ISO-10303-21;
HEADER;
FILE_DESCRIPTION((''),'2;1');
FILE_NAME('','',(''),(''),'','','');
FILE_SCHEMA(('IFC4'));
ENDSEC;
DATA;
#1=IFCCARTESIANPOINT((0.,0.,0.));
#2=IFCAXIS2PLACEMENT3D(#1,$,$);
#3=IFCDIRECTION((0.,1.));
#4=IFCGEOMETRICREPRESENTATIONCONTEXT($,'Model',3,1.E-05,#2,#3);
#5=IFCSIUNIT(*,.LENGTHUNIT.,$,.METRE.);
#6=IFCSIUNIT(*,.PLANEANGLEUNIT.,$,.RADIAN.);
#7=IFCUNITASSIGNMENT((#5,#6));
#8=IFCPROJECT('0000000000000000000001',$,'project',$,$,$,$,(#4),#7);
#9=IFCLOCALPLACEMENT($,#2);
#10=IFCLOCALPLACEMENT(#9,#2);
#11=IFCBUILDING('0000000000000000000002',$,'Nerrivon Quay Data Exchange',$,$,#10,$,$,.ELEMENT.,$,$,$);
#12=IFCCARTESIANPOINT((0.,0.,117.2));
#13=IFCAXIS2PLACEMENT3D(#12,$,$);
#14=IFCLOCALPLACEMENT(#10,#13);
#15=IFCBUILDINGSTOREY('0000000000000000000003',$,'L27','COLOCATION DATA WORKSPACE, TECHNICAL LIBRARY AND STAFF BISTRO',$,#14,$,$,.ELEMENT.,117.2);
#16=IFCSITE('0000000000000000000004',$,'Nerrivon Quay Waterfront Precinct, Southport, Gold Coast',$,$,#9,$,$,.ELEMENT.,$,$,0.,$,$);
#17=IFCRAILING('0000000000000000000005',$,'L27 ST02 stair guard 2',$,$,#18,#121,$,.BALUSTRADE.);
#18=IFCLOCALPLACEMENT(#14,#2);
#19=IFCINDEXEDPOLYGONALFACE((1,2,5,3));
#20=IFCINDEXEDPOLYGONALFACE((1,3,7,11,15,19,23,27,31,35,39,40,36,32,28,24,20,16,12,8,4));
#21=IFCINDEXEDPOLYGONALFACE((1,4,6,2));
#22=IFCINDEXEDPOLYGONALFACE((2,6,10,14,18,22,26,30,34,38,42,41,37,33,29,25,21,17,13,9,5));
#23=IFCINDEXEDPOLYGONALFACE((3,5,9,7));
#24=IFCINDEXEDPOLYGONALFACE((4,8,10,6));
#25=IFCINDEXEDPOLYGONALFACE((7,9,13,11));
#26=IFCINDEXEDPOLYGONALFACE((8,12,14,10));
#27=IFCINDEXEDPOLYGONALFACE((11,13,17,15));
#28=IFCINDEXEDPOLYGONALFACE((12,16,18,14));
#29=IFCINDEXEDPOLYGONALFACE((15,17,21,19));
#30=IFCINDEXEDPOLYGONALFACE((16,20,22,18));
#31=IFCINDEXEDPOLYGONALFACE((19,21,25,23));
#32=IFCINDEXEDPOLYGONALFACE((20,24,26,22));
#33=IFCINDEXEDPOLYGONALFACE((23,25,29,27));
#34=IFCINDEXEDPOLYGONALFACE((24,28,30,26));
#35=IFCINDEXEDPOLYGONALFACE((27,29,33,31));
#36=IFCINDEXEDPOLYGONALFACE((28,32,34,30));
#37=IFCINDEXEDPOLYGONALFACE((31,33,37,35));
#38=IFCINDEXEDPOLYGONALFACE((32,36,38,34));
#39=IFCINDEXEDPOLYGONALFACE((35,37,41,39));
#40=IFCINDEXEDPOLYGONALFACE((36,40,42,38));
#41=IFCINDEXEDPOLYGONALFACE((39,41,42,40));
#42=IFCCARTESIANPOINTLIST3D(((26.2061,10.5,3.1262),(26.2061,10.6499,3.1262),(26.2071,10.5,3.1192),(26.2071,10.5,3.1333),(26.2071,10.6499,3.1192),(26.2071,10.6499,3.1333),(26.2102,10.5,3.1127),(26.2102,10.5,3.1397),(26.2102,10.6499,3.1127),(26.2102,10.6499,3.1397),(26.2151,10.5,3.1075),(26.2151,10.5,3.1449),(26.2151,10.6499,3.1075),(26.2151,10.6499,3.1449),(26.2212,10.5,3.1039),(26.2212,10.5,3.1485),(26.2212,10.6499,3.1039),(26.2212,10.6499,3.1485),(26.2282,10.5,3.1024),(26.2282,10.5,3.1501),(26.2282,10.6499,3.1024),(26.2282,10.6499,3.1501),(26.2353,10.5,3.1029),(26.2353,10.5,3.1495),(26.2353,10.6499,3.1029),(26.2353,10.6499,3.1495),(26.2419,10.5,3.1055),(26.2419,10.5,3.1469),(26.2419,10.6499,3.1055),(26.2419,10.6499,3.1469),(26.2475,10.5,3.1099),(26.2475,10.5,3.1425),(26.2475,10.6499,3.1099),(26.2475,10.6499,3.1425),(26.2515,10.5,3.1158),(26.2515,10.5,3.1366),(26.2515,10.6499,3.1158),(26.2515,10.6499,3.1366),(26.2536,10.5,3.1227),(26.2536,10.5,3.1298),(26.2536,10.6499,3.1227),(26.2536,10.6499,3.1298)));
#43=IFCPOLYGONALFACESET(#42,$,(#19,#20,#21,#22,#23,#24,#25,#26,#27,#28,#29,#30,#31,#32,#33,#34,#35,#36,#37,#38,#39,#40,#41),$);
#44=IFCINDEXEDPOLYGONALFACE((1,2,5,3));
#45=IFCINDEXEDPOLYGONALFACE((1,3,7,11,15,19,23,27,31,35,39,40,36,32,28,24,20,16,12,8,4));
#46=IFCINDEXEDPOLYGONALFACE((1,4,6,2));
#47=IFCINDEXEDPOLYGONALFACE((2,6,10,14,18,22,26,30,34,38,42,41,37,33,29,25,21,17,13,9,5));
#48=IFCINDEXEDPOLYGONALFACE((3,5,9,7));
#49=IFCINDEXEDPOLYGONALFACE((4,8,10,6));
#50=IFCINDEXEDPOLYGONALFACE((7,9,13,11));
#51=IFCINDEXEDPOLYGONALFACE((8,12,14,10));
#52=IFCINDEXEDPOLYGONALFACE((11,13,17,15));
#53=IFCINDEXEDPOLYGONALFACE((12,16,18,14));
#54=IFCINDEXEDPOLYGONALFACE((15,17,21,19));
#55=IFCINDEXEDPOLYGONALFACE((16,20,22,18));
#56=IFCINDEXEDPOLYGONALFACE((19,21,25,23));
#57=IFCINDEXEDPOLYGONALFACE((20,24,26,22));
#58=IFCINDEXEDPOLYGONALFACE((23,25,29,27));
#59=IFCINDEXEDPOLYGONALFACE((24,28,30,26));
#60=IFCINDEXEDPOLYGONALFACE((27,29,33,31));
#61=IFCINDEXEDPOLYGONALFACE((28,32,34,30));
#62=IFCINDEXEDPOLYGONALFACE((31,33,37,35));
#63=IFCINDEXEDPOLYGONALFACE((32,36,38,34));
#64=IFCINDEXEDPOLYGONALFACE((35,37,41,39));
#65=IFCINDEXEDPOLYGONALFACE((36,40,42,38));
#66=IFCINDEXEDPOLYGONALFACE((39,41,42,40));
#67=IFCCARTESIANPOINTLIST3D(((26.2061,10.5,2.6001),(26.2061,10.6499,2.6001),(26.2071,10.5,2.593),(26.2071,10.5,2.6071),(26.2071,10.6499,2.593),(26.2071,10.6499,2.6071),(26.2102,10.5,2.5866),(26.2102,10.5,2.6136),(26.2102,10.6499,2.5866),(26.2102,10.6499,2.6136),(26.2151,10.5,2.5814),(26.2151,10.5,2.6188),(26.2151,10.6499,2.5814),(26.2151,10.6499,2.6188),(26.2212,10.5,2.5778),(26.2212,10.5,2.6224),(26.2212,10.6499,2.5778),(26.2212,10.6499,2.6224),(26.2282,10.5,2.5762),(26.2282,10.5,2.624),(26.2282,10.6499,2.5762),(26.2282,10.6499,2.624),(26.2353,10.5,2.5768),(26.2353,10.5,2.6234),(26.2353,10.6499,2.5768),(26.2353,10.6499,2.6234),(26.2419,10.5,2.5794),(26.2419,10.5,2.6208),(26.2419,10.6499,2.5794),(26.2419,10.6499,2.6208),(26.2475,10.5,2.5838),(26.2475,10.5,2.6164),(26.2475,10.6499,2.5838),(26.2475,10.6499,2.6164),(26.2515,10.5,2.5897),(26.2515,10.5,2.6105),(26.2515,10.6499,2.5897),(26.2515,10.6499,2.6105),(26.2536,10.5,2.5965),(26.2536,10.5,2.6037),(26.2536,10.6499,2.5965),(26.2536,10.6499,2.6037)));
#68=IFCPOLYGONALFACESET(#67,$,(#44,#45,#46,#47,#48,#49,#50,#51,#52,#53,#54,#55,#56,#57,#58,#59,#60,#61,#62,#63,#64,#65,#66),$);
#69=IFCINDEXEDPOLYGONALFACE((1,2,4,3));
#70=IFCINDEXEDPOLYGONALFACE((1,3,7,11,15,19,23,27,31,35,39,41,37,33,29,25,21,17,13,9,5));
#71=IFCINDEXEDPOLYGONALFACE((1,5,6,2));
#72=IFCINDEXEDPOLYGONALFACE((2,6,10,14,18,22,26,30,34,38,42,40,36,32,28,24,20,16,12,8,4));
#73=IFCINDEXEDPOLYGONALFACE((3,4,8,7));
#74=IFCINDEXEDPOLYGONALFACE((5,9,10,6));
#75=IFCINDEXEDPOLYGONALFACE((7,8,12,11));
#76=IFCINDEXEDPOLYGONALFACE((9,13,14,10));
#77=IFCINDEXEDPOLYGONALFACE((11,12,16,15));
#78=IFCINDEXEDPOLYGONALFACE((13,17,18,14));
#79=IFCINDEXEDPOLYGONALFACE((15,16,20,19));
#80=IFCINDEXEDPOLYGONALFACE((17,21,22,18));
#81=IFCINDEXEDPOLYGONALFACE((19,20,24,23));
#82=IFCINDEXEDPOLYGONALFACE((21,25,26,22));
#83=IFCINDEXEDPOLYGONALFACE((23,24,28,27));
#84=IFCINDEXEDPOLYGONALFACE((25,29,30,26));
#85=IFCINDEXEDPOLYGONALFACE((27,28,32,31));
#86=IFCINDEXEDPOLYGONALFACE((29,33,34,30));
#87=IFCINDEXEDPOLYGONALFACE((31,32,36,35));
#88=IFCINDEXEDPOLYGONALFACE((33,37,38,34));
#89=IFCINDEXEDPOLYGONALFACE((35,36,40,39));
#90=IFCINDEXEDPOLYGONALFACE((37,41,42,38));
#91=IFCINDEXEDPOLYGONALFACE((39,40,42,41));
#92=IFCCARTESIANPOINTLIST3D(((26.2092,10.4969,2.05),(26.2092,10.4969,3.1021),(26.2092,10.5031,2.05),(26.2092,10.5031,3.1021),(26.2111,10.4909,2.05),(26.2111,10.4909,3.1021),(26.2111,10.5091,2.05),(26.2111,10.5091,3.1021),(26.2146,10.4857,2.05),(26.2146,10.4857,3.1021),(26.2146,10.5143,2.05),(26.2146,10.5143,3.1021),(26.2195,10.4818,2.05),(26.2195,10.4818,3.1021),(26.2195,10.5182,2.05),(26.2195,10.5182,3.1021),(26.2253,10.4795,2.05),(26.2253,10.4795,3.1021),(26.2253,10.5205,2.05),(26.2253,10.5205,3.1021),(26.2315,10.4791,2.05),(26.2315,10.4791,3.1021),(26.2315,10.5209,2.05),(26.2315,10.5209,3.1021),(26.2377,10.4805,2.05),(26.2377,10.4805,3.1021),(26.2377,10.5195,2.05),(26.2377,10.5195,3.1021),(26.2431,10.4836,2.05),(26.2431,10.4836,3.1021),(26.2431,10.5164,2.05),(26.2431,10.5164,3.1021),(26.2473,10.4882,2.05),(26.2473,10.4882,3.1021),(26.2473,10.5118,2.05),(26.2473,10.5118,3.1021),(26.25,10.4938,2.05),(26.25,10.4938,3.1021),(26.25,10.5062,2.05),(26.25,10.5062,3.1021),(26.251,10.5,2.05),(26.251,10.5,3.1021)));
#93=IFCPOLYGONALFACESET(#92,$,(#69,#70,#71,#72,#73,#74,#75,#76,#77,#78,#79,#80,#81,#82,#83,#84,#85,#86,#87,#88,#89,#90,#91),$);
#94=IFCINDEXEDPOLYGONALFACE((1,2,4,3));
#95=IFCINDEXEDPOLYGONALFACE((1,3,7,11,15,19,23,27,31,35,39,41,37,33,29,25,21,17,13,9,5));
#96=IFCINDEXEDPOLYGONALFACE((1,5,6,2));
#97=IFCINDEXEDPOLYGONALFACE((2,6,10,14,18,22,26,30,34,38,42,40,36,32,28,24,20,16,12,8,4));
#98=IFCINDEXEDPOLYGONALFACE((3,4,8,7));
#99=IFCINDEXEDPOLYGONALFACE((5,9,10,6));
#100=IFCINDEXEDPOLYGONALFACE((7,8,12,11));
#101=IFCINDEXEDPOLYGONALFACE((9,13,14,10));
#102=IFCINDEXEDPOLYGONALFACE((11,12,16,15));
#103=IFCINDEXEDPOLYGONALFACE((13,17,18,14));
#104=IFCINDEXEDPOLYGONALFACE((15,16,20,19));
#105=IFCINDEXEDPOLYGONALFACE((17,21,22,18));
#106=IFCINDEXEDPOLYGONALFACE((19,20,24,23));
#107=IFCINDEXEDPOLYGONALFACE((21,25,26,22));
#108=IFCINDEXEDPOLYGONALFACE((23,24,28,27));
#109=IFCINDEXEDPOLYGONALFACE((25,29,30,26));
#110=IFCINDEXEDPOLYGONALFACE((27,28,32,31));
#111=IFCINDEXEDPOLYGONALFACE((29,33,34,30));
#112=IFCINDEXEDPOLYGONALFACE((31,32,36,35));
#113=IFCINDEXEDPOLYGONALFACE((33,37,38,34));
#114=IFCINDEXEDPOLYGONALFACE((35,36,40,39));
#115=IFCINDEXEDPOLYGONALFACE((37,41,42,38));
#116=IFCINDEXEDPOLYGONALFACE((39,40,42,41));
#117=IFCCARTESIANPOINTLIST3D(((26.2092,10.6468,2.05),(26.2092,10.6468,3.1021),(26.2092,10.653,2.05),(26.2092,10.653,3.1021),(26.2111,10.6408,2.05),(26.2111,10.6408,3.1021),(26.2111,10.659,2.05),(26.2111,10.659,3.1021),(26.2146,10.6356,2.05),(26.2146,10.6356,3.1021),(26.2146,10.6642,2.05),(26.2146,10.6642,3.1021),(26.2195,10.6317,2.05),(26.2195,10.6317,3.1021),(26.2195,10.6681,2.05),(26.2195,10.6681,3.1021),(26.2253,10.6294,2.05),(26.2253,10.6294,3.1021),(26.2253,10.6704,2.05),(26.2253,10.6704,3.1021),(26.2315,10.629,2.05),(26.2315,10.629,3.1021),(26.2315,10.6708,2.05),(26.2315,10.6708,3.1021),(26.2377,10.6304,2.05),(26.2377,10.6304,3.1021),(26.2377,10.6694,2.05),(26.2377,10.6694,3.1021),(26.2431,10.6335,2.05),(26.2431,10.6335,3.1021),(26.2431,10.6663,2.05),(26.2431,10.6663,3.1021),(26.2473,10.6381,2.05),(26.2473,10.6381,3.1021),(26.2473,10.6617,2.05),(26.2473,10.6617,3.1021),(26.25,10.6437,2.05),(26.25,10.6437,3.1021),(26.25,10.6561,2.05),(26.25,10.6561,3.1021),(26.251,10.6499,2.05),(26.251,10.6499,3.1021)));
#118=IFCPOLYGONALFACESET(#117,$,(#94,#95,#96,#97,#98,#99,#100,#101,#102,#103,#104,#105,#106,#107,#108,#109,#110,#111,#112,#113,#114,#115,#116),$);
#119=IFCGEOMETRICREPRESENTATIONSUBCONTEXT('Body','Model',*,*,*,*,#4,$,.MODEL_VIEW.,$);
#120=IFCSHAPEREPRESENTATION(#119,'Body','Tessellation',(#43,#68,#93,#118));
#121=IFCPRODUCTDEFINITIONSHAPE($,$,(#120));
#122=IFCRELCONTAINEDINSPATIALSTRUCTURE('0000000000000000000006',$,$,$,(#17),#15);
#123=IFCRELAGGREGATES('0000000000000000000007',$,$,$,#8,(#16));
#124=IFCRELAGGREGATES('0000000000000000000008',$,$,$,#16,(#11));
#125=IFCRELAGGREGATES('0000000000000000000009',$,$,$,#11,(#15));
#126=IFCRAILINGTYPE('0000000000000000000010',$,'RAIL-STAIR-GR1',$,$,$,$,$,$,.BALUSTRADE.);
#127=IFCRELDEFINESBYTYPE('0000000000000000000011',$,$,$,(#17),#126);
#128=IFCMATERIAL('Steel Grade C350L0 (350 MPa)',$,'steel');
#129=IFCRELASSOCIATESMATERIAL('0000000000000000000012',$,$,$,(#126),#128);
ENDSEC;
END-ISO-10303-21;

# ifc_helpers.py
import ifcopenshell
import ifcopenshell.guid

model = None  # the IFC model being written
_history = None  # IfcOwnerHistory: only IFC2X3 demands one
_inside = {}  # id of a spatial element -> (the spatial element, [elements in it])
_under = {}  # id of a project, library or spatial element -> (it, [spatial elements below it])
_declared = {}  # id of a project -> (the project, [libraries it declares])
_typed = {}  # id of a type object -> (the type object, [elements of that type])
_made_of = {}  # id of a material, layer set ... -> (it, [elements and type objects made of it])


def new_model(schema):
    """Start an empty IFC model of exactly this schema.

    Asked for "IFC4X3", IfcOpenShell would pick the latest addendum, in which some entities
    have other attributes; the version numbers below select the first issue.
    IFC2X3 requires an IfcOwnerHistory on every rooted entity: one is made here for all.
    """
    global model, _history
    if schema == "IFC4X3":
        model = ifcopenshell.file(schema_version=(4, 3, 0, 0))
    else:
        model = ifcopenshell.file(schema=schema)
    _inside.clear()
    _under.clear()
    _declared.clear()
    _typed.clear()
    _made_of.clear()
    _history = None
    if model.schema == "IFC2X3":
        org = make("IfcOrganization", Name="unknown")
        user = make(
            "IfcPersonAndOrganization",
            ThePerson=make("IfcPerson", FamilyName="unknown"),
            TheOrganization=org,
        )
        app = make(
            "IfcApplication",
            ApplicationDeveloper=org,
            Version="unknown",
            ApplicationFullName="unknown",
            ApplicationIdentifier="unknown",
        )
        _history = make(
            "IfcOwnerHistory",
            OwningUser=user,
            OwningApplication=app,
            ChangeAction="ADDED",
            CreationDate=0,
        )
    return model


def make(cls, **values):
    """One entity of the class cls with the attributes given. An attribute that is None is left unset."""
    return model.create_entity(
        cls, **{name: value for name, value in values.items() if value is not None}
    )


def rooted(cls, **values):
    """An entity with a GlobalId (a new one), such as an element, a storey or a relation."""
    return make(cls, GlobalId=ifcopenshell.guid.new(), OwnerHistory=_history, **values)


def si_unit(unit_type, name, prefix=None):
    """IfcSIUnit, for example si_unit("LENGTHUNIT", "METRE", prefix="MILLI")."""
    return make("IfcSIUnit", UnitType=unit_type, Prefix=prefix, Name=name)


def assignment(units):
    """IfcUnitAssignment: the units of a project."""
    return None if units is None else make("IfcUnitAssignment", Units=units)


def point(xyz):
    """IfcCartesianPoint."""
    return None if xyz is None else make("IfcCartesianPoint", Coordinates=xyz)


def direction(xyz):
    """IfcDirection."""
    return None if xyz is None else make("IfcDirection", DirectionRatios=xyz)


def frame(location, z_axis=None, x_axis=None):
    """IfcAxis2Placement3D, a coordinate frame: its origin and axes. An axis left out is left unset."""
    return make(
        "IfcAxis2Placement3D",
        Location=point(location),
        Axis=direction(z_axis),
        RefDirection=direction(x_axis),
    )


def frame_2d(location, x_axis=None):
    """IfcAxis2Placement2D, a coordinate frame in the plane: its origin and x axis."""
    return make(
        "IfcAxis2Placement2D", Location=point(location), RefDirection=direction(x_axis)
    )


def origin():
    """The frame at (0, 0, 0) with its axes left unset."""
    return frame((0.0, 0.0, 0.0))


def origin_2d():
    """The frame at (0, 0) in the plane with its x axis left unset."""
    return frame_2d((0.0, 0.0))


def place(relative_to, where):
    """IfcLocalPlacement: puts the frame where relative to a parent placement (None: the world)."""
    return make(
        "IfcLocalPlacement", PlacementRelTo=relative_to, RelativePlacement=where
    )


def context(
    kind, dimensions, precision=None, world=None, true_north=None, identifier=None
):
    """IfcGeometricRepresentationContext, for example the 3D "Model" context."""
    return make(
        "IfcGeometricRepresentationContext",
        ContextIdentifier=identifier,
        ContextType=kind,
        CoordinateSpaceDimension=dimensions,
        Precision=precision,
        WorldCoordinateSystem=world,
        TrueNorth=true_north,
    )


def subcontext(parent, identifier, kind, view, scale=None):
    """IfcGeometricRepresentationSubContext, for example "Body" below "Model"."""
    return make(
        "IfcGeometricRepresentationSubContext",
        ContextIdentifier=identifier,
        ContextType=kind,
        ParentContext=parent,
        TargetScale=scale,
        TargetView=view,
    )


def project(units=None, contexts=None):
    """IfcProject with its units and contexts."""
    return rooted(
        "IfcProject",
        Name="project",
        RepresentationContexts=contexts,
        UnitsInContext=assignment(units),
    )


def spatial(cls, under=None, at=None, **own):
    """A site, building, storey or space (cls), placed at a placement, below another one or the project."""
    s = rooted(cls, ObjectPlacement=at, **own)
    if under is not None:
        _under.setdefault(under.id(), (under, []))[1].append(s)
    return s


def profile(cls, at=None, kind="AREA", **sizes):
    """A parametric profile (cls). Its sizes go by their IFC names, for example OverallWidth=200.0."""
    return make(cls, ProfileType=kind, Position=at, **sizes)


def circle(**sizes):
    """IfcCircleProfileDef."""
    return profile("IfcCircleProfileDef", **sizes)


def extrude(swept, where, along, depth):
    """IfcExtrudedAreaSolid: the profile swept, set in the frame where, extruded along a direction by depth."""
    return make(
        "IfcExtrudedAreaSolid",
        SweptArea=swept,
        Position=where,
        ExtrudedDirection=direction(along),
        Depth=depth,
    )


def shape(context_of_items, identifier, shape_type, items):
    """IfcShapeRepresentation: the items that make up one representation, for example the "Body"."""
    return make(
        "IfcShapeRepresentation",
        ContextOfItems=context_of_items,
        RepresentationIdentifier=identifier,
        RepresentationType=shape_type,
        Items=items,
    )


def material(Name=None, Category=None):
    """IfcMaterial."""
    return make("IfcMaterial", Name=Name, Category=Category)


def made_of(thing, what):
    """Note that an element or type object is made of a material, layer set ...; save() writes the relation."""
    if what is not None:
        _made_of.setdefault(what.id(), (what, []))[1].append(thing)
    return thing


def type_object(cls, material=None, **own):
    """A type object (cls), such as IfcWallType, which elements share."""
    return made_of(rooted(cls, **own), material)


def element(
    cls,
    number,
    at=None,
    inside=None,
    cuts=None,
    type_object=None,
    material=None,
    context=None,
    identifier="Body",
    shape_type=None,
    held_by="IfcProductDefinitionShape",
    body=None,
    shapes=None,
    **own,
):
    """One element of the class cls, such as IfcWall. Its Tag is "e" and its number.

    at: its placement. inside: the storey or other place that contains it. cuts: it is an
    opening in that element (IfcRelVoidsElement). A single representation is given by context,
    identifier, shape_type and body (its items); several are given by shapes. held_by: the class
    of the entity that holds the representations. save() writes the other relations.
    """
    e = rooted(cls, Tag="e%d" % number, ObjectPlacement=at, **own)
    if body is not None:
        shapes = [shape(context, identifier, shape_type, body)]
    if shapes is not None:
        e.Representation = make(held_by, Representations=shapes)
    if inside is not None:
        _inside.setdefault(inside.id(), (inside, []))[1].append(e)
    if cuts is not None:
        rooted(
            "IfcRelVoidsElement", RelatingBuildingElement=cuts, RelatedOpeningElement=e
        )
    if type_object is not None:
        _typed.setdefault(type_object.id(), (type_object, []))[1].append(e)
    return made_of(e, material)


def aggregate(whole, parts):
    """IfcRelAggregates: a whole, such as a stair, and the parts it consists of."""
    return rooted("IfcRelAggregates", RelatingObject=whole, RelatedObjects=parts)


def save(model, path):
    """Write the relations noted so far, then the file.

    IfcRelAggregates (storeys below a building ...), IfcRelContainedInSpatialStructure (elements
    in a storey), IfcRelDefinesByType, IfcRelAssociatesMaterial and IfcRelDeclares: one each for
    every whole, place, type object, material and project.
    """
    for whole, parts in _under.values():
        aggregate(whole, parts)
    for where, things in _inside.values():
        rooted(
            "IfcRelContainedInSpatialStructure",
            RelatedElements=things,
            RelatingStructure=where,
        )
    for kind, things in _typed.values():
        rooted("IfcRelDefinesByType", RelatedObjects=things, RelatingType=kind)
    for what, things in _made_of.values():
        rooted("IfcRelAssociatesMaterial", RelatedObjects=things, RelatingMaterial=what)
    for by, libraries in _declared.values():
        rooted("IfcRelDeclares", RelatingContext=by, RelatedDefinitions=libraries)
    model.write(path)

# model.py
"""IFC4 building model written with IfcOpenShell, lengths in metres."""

from ifc_helpers import new_model, si_unit, direction, frame, origin, origin_2d, place, context, subcontext, project, spatial, circle, extrude, material, type_object, element, save


model = new_model("IFC4")

# Units and contexts
model_context = context("Model", 3, precision=1e-05, world=origin(), true_north=direction((0.0, 1.0)))
body_context = subcontext(model_context, "Body", "Model", "MODEL_VIEW")
ifc_project = project(units=[si_unit("LENGTHUNIT", "METRE"), si_unit("PLANEANGLEUNIT", "RADIAN")], contexts=[model_context])

# Site, building, storey
site_placement = place(None, origin())
site = spatial("IfcSite", under=ifc_project, at=site_placement, Name="Nerrivon Quay Waterfront Precinct, Southport, Gold Coast", CompositionType="ELEMENT", RefElevation=0.0)
building_placement = place(site_placement, origin())
building = spatial("IfcBuilding", under=site, at=building_placement, Name="Nerrivon Quay Data Exchange", CompositionType="ELEMENT")
storey_placement = place(building_placement, frame((0.0, 0.0, 117.2)))
storey = spatial("IfcBuildingStorey", under=building, at=storey_placement, Name="L27", Description="COLOCATION DATA WORKSPACE, TECHNICAL LIBRARY AND STAFF BISTRO", CompositionType="ELEMENT", Elevation=117.2)

# Railing
ifc_material_1 = material(Name="Steel Grade C350L0 (350 MPa)", Category="steel")
railing_type = type_object("IfcRailingType", Name="RAIL-STAIR-GR1", PredefinedType="BALUSTRADE", material=ifc_material_1)
railing_placement = place(storey_placement, frame((26.23, 10.5, 2.05)))
element("IfcRailing", 1, at=railing_placement, inside=storey, type_object=railing_type, Name="L27 ST02 stair guard 2", PredefinedType="BALUSTRADE", context=body_context, shape_type="SweptSolid", body=[
    extrude(circle(Radius=0.0239, at=origin_2d()), frame((0.0, 0.0, 1.0762), z_axis=(0.0, 1.0, 0.0), x_axis=(-1.0, 0.0, 0.0)), (0.0, 0.0, 1.0), 0.1499),
    extrude(circle(Radius=0.0239, at=origin_2d()), frame((0.0, 0.0, 0.55), z_axis=(0.0, 1.0, 0.0), x_axis=(-1.0, 0.0, 0.0)), (0.0, 0.0, 1.0), 0.1499),
    extrude(circle(Radius=0.021, at=origin_2d()), origin(), (0.0, 0.0, 1.0), 1.052),
    extrude(circle(Radius=0.021, at=origin_2d()), frame((0.0, 0.1499, 0.0)), (0.0, 0.0, 1.0), 1.052),
])

save(model, "model.ifc")
